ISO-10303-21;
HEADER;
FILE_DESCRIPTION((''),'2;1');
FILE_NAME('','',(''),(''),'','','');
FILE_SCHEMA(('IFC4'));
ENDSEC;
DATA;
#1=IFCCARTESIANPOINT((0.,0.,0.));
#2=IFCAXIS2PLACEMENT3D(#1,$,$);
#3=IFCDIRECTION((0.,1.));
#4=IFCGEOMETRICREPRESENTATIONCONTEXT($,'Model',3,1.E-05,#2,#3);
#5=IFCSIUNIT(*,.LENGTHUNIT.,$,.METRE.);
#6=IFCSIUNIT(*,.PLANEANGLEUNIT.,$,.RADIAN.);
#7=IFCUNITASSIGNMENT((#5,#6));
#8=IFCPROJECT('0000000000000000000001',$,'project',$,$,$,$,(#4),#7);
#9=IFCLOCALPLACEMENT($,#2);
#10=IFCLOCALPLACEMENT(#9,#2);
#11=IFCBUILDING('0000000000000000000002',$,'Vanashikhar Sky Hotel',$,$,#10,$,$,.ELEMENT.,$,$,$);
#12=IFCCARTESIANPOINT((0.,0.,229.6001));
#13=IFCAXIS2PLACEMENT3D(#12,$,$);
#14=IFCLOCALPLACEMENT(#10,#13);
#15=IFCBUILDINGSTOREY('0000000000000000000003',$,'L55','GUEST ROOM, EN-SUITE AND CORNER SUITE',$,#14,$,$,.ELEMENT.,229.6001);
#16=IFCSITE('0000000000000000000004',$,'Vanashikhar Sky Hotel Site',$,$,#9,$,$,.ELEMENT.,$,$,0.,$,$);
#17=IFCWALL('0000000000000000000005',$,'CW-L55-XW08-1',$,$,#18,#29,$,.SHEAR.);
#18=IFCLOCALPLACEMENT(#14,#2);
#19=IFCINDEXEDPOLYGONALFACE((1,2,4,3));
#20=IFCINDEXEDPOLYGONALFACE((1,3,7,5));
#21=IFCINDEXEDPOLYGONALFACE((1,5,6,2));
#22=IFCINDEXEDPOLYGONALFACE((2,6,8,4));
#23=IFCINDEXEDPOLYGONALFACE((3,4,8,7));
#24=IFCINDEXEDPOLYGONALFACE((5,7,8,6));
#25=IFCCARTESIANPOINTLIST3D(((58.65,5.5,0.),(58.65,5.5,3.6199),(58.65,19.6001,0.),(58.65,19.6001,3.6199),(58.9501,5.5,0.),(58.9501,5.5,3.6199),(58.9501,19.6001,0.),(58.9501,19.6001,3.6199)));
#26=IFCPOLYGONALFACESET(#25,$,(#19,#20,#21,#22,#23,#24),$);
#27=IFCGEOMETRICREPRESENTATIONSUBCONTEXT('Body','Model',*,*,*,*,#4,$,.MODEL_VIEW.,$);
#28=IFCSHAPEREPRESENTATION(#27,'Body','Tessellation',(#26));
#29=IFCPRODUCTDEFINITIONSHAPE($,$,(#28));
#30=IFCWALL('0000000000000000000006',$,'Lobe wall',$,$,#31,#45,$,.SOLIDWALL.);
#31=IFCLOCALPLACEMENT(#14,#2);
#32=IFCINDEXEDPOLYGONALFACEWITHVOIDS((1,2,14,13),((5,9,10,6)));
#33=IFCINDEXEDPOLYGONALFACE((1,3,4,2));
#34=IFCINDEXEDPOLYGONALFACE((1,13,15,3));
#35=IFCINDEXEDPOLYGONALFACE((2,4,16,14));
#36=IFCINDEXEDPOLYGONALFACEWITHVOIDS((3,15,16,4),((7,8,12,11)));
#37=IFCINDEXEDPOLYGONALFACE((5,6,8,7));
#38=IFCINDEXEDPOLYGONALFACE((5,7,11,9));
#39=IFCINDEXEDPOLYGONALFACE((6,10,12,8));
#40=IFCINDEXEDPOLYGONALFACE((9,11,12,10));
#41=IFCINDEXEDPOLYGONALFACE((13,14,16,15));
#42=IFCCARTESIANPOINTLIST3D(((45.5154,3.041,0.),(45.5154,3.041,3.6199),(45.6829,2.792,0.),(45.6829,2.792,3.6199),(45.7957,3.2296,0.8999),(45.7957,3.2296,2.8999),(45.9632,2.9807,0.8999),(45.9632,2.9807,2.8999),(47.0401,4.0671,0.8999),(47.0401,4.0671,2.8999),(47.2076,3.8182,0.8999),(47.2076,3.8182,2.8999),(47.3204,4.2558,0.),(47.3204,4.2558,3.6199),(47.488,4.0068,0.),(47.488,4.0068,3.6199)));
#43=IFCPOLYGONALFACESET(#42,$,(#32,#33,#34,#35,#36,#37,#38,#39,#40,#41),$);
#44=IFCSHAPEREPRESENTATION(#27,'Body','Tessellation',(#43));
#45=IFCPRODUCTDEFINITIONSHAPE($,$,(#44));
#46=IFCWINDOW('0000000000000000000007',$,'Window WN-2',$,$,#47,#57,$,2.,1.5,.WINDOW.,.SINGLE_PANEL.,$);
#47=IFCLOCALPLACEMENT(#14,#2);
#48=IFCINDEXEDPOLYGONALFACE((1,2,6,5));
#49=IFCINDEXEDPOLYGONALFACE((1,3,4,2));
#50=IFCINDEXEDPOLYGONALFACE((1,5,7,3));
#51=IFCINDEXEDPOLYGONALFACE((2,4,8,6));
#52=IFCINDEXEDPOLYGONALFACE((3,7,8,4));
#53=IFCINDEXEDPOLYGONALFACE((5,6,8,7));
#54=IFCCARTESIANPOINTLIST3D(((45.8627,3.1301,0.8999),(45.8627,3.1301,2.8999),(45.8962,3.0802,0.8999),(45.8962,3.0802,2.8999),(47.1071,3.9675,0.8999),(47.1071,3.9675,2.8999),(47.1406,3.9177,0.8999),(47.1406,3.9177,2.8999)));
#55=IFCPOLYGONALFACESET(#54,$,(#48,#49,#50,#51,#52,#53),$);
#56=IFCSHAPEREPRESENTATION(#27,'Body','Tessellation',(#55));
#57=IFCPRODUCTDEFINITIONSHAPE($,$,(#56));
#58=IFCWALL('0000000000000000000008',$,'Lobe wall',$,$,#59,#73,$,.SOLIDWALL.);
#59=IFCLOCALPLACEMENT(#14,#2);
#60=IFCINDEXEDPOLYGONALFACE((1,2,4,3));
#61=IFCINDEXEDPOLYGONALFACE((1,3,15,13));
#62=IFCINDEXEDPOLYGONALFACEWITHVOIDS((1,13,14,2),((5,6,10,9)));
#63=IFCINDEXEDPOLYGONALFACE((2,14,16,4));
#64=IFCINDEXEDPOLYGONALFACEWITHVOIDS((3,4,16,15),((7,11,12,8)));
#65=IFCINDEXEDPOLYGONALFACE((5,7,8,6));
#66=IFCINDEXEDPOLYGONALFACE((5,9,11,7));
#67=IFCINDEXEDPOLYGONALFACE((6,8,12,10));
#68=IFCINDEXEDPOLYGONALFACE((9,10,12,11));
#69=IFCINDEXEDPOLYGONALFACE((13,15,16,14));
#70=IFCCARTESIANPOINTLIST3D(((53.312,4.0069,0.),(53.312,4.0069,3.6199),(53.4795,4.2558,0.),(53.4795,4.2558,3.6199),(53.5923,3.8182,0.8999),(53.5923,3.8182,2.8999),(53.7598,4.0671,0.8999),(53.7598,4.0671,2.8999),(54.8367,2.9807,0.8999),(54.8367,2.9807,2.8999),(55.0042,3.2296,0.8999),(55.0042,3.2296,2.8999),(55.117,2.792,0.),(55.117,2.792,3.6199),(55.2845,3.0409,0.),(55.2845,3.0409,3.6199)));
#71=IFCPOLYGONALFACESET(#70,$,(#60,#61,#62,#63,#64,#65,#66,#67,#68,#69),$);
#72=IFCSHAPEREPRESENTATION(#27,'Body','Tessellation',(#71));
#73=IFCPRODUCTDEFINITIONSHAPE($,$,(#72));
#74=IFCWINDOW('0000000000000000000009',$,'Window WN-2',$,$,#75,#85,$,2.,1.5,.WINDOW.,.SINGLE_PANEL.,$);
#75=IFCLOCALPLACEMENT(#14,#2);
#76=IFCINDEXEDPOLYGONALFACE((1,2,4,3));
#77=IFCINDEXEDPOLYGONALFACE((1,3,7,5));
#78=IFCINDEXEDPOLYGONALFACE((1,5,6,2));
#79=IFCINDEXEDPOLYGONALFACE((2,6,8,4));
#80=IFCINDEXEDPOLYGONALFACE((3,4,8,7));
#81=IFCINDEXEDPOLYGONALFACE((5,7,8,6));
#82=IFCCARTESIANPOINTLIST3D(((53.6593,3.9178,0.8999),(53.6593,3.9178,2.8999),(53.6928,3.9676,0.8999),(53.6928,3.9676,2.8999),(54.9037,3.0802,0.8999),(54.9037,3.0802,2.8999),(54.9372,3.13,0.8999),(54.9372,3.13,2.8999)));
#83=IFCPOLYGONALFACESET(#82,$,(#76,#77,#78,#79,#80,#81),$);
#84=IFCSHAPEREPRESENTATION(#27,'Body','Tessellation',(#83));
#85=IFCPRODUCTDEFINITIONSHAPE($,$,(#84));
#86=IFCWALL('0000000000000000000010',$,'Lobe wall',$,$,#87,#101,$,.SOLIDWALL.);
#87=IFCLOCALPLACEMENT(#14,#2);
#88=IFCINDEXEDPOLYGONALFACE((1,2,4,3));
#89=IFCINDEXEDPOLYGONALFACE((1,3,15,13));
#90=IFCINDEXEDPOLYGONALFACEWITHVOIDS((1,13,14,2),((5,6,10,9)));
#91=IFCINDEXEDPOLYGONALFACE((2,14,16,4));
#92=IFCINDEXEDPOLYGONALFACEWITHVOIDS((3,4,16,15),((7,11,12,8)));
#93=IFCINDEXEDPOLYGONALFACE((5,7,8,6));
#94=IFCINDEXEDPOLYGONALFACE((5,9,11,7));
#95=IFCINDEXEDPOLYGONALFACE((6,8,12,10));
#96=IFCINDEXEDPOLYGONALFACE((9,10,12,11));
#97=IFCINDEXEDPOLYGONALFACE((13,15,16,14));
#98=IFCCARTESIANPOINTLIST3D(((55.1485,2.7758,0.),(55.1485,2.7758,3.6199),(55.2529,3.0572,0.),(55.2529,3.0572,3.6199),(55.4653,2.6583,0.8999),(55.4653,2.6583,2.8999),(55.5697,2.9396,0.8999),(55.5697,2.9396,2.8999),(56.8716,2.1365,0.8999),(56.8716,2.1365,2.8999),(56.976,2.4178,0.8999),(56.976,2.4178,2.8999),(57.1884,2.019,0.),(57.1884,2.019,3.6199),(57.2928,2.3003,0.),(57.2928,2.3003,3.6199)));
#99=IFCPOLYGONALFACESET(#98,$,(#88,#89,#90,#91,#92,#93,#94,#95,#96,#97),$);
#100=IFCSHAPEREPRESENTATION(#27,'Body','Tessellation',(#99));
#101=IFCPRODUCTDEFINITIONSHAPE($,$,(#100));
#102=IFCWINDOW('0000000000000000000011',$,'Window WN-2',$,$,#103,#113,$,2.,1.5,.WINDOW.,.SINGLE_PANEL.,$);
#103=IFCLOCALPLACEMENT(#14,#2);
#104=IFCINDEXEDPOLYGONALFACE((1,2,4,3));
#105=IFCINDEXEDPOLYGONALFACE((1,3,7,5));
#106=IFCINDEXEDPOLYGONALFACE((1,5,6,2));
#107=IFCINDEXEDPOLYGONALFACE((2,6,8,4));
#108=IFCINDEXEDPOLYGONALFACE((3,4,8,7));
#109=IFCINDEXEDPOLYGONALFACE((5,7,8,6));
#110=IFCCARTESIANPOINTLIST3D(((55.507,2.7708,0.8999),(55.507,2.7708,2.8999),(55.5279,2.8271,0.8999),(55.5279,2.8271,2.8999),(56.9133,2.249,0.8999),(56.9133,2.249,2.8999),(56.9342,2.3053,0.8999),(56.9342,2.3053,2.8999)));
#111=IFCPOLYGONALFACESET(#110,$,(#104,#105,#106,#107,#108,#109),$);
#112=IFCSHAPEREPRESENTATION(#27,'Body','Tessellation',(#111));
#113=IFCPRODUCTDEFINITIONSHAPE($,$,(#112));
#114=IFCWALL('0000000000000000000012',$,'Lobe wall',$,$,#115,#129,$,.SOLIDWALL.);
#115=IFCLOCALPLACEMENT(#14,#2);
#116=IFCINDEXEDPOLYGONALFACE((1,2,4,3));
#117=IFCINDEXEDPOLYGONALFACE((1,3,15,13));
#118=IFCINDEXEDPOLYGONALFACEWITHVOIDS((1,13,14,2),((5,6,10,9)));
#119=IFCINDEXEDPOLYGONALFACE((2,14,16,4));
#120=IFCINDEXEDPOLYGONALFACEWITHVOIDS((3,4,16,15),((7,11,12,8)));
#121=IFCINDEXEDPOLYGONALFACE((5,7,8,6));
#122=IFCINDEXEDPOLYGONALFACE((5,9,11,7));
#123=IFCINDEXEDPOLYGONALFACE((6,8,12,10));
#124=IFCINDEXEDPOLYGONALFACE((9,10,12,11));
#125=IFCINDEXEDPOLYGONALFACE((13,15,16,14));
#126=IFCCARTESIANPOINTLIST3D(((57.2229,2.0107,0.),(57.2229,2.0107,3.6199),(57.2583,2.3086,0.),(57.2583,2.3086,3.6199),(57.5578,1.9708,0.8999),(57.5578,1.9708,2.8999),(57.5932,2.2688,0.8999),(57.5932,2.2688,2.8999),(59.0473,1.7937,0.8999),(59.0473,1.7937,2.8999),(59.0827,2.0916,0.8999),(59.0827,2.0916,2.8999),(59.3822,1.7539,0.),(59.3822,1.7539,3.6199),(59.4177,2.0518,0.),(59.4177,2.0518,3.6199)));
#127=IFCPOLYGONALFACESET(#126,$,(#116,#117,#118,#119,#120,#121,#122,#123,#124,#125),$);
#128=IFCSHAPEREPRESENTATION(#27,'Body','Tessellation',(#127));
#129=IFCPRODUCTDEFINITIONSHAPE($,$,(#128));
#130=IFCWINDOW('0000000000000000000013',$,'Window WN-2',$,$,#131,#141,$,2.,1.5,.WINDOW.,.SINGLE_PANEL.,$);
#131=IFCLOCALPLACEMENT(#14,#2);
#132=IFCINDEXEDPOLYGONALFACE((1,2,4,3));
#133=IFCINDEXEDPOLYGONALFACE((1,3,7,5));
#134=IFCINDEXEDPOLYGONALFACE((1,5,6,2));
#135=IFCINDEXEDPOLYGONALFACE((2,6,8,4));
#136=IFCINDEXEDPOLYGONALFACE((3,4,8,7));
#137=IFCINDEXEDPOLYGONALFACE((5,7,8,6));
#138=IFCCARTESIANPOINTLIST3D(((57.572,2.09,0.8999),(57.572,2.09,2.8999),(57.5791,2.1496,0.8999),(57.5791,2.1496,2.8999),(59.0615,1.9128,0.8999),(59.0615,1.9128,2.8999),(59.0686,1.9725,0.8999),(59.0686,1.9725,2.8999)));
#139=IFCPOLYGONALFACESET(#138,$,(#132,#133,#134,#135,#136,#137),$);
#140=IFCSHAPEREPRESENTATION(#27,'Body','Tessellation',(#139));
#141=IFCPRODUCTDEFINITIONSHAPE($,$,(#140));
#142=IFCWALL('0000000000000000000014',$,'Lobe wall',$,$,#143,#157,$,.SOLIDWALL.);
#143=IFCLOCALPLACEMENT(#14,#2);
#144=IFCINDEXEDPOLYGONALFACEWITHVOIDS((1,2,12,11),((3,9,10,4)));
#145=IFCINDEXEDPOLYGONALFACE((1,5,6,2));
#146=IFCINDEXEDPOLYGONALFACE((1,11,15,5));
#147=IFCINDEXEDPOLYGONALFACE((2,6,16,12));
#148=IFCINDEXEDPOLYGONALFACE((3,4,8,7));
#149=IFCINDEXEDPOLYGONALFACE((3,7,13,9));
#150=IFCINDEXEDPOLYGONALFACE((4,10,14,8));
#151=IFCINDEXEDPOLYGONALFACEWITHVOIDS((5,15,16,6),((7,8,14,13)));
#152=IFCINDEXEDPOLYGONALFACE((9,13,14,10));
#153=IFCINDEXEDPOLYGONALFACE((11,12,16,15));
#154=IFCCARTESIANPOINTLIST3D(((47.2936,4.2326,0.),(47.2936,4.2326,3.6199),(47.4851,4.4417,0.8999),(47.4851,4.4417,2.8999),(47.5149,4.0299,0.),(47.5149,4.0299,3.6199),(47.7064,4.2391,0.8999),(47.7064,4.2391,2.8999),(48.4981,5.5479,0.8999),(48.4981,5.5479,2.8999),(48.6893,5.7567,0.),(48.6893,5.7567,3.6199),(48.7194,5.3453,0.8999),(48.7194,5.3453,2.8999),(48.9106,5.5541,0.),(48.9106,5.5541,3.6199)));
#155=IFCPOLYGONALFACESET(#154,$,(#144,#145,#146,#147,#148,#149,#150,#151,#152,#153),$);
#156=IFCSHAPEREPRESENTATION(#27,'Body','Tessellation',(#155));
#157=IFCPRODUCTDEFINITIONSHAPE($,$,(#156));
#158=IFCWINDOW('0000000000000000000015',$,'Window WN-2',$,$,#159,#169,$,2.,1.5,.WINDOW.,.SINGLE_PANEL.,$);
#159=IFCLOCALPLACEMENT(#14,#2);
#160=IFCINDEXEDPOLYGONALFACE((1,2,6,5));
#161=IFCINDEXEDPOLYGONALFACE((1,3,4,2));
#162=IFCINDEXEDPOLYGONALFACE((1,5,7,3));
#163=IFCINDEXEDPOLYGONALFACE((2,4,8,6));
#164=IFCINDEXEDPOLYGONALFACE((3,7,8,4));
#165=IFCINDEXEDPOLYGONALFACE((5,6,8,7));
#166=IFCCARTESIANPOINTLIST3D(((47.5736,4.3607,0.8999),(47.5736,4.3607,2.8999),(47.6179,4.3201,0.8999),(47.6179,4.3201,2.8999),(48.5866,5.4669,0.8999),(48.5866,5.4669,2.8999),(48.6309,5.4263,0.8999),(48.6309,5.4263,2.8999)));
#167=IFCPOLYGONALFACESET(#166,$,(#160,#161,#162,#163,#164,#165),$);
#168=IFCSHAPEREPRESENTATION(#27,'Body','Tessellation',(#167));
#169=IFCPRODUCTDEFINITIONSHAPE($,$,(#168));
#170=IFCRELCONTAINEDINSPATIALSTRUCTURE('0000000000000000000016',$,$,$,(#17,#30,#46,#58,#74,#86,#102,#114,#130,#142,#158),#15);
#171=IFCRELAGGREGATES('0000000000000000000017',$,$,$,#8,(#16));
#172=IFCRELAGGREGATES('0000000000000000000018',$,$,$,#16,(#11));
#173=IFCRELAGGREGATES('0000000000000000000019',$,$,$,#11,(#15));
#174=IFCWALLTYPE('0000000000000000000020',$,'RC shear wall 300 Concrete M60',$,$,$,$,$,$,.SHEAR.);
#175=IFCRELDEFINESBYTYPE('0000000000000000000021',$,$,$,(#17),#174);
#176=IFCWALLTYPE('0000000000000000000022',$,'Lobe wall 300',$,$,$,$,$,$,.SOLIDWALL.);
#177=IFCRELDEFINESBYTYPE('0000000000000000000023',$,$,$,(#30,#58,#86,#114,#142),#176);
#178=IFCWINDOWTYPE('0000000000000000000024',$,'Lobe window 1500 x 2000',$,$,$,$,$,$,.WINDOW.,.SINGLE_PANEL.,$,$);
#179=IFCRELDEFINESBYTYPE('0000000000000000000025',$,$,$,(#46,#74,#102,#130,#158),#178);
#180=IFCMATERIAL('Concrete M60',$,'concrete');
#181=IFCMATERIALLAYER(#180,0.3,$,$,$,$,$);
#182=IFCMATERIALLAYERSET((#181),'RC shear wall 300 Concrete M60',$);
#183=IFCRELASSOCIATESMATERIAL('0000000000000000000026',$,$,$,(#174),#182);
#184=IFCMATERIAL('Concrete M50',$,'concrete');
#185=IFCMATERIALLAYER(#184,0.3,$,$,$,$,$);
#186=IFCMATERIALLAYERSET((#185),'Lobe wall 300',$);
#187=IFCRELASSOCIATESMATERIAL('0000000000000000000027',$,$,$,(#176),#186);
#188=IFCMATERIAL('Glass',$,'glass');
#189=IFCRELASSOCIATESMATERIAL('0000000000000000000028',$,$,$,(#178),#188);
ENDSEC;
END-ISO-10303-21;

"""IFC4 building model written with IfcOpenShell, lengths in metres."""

from ifc_helpers import new_model, si_unit, direction, frame, frame_2d, origin, place, context, subcontext, project, spatial, rectangle, extrude, source, transform, mapped, material, layer, layer_set, type_object, element, fill, save


model = new_model("IFC4")

# Units and contexts
model_context = context("Model", 3, precision=1e-05, world=origin(), true_north=direction((0.0, 1.0)))
body_context = subcontext(model_context, "Body", "Model", "MODEL_VIEW")
ifc_project = project(units=[si_unit("LENGTHUNIT", "METRE"), si_unit("PLANEANGLEUNIT", "RADIAN")], contexts=[model_context])

# Site, building, storey
site_placement = place(None, origin())
site = spatial("IfcSite", under=ifc_project, at=site_placement, Name="Vanashikhar Sky Hotel Site", CompositionType="ELEMENT", RefElevation=0.0)
building_placement = place(site_placement, origin())
building = spatial("IfcBuilding", under=site, at=building_placement, Name="Vanashikhar Sky Hotel", CompositionType="ELEMENT")
storey_placement = place(building_placement, frame((0.0, 0.0, 229.6001)))
storey = spatial("IfcBuildingStorey", under=building, at=storey_placement, Name="L55", Description="GUEST ROOM, EN-SUITE AND CORNER SUITE", CompositionType="ELEMENT", Elevation=229.6001)

# Wall
ifc_material_1 = material(Name="Concrete M60", Category="concrete")
ifc_layer_1 = layer(ifc_material_1, 0.3)
ifc_layer_set_1 = layer_set([ifc_layer_1], Name="RC shear wall 300 Concrete M60")
wall_type_1 = type_object("IfcWallType", Name="RC shear wall 300 Concrete M60", PredefinedType="SHEAR", material=ifc_layer_set_1)
shared_shape_1 = source(origin(), body_context, "Body", "SweptSolid", [
    extrude(rectangle(XDim=14.1001, YDim=0.3, at=frame_2d((7.05, 0.0))), origin(), (0.0, 0.0, 1.0), 3.6199),
])
wall_1_placement = place(storey_placement, frame((58.8, 5.5, 0.0), z_axis=(0.0, 0.0, 1.0), x_axis=(0.0, 1.0, 0.0)))
element("IfcWall", 1, at=wall_1_placement, inside=storey, type_object=wall_type_1, Name="CW-L55-XW08-1", PredefinedType="SHEAR", context=body_context, shape_type="MappedRepresentation", body=[
    mapped(shared_shape_1, transform((0.0, 0.0, 0.0), scale=1.0)),
])

# Walls, openings, windows
ifc_material_2 = material(Name="Concrete M50", Category="concrete")
ifc_layer_2 = layer(ifc_material_2, 0.3)
ifc_layer_set_2 = layer_set([ifc_layer_2], Name="Lobe wall 300")
wall_type_2 = type_object("IfcWallType", Name="Lobe wall 300", PredefinedType="SOLIDWALL", material=ifc_layer_set_2)
shared_shape_2 = source(origin(), body_context, "Body", "SweptSolid", [
    extrude(rectangle(XDim=2.1758, YDim=0.3, at=frame_2d((1.0879, 0.0))), origin(), (0.0, 0.0, 1.0), 3.6199),
])
wall_2_placement = place(storey_placement, frame((45.5991, 2.9165, 0.0), z_axis=(0.0, 0.0, 1.0), x_axis=(0.829626, 0.55832, 0.0)))
wall_2 = element("IfcWall", 2, at=wall_2_placement, inside=storey, type_object=wall_type_2, Name="Lobe wall", PredefinedType="SOLIDWALL", context=body_context, shape_type="MappedRepresentation", body=[
    mapped(shared_shape_2, transform((0.0, 0.0, 0.0), scale=1.0)),
])
shared_shape_3 = source(origin(), body_context, "Body", "SweptSolid", [
    extrude(rectangle(XDim=1.5, YDim=2.0, at=frame_2d((0.75, 1.0))), frame((0.0, 0.1602, 0.0), z_axis=(0.0, -1.0, 0.0), x_axis=(1.0, 0.0, 0.0)), (0.0, 0.0, 1.0), 0.3201),
])
opening_1_placement = place(wall_2_placement, frame((0.3379, 0.0, 0.8999)))
opening_1 = element("IfcOpeningElement", 3, at=opening_1_placement, cuts=wall_2, PredefinedType="OPENING", context=body_context, shape_type="MappedRepresentation", body=[
    mapped(shared_shape_3, transform((0.0, 0.0, 0.0), scale=1.0)),
])
ifc_material_3 = material(Name="Glass", Category="glass")
window_type = type_object("IfcWindowType", Name="Lobe window 1500 x 2000", PartitioningType="SINGLE_PANEL", PredefinedType="WINDOW", material=ifc_material_3)
shared_shape_4 = source(origin(), body_context, "Body", "SweptSolid", [
    extrude(rectangle(XDim=1.5, YDim=2.0, at=frame_2d((0.75, 1.0))), frame((0.0, 0.03, 0.0), z_axis=(0.0, -1.0, 0.0), x_axis=(1.0, 0.0, 0.0)), (0.0, 0.0, 1.0), 0.0601),
])
window_1_placement = place(opening_1_placement, origin())
window_1 = element("IfcWindow", 4, at=window_1_placement, inside=storey, type_object=window_type, Name="Window WN-2", OverallHeight=2.0, OverallWidth=1.5, PartitioningType="SINGLE_PANEL", PredefinedType="WINDOW", context=body_context, shape_type="MappedRepresentation", body=[
    mapped(shared_shape_4, transform((0.0, 0.0, 0.0), scale=1.0)),
])
fill(opening_1, window_1)
wall_3_placement = place(storey_placement, frame((53.3958, 4.1313, 0.0), z_axis=(0.0, 0.0, 1.0), x_axis=(0.829591, -0.558372, 0.0)))
wall_3 = element("IfcWall", 5, at=wall_3_placement, inside=storey, type_object=wall_type_2, Name="Lobe wall", PredefinedType="SOLIDWALL", context=body_context, shape_type="MappedRepresentation", body=[
    mapped(shared_shape_2, transform((0.0, 0.0, 0.0), scale=1.0)),
])
opening_2_placement = place(wall_3_placement, frame((0.3379, 0.0, 0.8999)))
opening_2 = element("IfcOpeningElement", 6, at=opening_2_placement, cuts=wall_3, PredefinedType="OPENING", context=body_context, shape_type="MappedRepresentation", body=[
    mapped(shared_shape_3, transform((0.0, 0.0, 0.0), scale=1.0)),
])
window_2_placement = place(opening_2_placement, origin())
window_2 = element("IfcWindow", 7, at=window_2_placement, inside=storey, type_object=window_type, Name="Window WN-2", OverallHeight=2.0, OverallWidth=1.5, PartitioningType="SINGLE_PANEL", PredefinedType="WINDOW", context=body_context, shape_type="MappedRepresentation", body=[
    mapped(shared_shape_4, transform((0.0, 0.0, 0.0), scale=1.0)),
])
fill(opening_2, window_2)
wall_4_placement = place(storey_placement, frame((55.2007, 2.9165, 0.0), z_axis=(0.0, 0.0, 1.0), x_axis=(0.937546, -0.347863, 0.0)))
wall_4 = element("IfcWall", 8, at=wall_4_placement, inside=storey, type_object=wall_type_2, Name="Lobe wall", PredefinedType="SOLIDWALL", context=body_context, shape_type="MappedRepresentation", body=[
    mapped(shared_shape_2, transform((0.0, 0.0, 0.0), scale=1.0)),
])
opening_3_placement = place(wall_4_placement, frame((0.3379, 0.0, 0.8999)))
opening_3 = element("IfcOpeningElement", 9, at=opening_3_placement, cuts=wall_4, PredefinedType="OPENING", context=body_context, shape_type="MappedRepresentation", body=[
    mapped(shared_shape_3, transform((0.0, 0.0, 0.0), scale=1.0)),
])
window_3_placement = place(opening_3_placement, origin())
window_3 = element("IfcWindow", 10, at=window_3_placement, inside=storey, type_object=window_type, Name="Window WN-2", OverallHeight=2.0, OverallWidth=1.5, PartitioningType="SINGLE_PANEL", PredefinedType="WINDOW", context=body_context, shape_type="MappedRepresentation", body=[
    mapped(shared_shape_4, transform((0.0, 0.0, 0.0), scale=1.0)),
])
fill(opening_3, window_3)
shared_shape_5 = source(origin(), body_context, "Body", "SweptSolid", [
    extrude(rectangle(XDim=2.1746, YDim=0.3, at=frame_2d((1.0874, 0.0))), origin(), (0.0, 0.0, 1.0), 3.6199),
])
wall_5_placement = place(storey_placement, frame((57.2405, 2.1597, 0.0), z_axis=(0.0, 0.0, 1.0), x_axis=(0.993001, -0.118105, 0.0)))
wall_5 = element("IfcWall", 11, at=wall_5_placement, inside=storey, type_object=wall_type_2, Name="Lobe wall", PredefinedType="SOLIDWALL", context=body_context, shape_type="MappedRepresentation", body=[
    mapped(shared_shape_5, transform((0.0, 0.0, 0.0), scale=1.0)),
])
opening_4_placement = place(wall_5_placement, frame((0.3374, 0.0, 0.8999)))
opening_4 = element("IfcOpeningElement", 12, at=opening_4_placement, cuts=wall_5, PredefinedType="OPENING", context=body_context, shape_type="MappedRepresentation", body=[
    mapped(shared_shape_3, transform((0.0, 0.0, 0.0), scale=1.0)),
])
window_4_placement = place(opening_4_placement, origin())
window_4 = element("IfcWindow", 13, at=window_4_placement, inside=storey, type_object=window_type, Name="Window WN-2", OverallHeight=2.0, OverallWidth=1.5, PartitioningType="SINGLE_PANEL", PredefinedType="WINDOW", context=body_context, shape_type="MappedRepresentation", body=[
    mapped(shared_shape_4, transform((0.0, 0.0, 0.0), scale=1.0)),
])
fill(opening_4, window_4)
shared_shape_6 = source(origin(), body_context, "Body", "SweptSolid", [
    extrude(rectangle(XDim=2.0667, YDim=0.3, at=frame_2d((1.0332, 0.0))), origin(), (0.0, 0.0, 1.0), 3.6199),
])
wall_6_placement = place(storey_placement, frame((47.4043, 4.1313, 0.0), z_axis=(0.0, 0.0, 1.0), x_axis=(0.675355, 0.737492, 0.0)))
wall_6 = element("IfcWall", 14, at=wall_6_placement, inside=storey, type_object=wall_type_2, Name="Lobe wall", PredefinedType="SOLIDWALL", context=body_context, shape_type="MappedRepresentation", body=[
    mapped(shared_shape_6, transform((0.0, 0.0, 0.0), scale=1.0)),
])
opening_5_placement = place(wall_6_placement, frame((0.2834, 0.0, 0.8999)))
opening_5 = element("IfcOpeningElement", 15, at=opening_5_placement, cuts=wall_6, PredefinedType="OPENING", context=body_context, shape_type="MappedRepresentation", body=[
    mapped(shared_shape_3, transform((0.0, 0.0, 0.0), scale=1.0)),
])
window_5_placement = place(opening_5_placement, origin())
window_5 = element("IfcWindow", 16, at=window_5_placement, inside=storey, type_object=window_type, Name="Window WN-2", OverallHeight=2.0, OverallWidth=1.5, PartitioningType="SINGLE_PANEL", PredefinedType="WINDOW", context=body_context, shape_type="MappedRepresentation", body=[
    mapped(shared_shape_4, transform((0.0, 0.0, 0.0), scale=1.0)),
])
fill(opening_5, window_5)

save(model, "model.ifc")
